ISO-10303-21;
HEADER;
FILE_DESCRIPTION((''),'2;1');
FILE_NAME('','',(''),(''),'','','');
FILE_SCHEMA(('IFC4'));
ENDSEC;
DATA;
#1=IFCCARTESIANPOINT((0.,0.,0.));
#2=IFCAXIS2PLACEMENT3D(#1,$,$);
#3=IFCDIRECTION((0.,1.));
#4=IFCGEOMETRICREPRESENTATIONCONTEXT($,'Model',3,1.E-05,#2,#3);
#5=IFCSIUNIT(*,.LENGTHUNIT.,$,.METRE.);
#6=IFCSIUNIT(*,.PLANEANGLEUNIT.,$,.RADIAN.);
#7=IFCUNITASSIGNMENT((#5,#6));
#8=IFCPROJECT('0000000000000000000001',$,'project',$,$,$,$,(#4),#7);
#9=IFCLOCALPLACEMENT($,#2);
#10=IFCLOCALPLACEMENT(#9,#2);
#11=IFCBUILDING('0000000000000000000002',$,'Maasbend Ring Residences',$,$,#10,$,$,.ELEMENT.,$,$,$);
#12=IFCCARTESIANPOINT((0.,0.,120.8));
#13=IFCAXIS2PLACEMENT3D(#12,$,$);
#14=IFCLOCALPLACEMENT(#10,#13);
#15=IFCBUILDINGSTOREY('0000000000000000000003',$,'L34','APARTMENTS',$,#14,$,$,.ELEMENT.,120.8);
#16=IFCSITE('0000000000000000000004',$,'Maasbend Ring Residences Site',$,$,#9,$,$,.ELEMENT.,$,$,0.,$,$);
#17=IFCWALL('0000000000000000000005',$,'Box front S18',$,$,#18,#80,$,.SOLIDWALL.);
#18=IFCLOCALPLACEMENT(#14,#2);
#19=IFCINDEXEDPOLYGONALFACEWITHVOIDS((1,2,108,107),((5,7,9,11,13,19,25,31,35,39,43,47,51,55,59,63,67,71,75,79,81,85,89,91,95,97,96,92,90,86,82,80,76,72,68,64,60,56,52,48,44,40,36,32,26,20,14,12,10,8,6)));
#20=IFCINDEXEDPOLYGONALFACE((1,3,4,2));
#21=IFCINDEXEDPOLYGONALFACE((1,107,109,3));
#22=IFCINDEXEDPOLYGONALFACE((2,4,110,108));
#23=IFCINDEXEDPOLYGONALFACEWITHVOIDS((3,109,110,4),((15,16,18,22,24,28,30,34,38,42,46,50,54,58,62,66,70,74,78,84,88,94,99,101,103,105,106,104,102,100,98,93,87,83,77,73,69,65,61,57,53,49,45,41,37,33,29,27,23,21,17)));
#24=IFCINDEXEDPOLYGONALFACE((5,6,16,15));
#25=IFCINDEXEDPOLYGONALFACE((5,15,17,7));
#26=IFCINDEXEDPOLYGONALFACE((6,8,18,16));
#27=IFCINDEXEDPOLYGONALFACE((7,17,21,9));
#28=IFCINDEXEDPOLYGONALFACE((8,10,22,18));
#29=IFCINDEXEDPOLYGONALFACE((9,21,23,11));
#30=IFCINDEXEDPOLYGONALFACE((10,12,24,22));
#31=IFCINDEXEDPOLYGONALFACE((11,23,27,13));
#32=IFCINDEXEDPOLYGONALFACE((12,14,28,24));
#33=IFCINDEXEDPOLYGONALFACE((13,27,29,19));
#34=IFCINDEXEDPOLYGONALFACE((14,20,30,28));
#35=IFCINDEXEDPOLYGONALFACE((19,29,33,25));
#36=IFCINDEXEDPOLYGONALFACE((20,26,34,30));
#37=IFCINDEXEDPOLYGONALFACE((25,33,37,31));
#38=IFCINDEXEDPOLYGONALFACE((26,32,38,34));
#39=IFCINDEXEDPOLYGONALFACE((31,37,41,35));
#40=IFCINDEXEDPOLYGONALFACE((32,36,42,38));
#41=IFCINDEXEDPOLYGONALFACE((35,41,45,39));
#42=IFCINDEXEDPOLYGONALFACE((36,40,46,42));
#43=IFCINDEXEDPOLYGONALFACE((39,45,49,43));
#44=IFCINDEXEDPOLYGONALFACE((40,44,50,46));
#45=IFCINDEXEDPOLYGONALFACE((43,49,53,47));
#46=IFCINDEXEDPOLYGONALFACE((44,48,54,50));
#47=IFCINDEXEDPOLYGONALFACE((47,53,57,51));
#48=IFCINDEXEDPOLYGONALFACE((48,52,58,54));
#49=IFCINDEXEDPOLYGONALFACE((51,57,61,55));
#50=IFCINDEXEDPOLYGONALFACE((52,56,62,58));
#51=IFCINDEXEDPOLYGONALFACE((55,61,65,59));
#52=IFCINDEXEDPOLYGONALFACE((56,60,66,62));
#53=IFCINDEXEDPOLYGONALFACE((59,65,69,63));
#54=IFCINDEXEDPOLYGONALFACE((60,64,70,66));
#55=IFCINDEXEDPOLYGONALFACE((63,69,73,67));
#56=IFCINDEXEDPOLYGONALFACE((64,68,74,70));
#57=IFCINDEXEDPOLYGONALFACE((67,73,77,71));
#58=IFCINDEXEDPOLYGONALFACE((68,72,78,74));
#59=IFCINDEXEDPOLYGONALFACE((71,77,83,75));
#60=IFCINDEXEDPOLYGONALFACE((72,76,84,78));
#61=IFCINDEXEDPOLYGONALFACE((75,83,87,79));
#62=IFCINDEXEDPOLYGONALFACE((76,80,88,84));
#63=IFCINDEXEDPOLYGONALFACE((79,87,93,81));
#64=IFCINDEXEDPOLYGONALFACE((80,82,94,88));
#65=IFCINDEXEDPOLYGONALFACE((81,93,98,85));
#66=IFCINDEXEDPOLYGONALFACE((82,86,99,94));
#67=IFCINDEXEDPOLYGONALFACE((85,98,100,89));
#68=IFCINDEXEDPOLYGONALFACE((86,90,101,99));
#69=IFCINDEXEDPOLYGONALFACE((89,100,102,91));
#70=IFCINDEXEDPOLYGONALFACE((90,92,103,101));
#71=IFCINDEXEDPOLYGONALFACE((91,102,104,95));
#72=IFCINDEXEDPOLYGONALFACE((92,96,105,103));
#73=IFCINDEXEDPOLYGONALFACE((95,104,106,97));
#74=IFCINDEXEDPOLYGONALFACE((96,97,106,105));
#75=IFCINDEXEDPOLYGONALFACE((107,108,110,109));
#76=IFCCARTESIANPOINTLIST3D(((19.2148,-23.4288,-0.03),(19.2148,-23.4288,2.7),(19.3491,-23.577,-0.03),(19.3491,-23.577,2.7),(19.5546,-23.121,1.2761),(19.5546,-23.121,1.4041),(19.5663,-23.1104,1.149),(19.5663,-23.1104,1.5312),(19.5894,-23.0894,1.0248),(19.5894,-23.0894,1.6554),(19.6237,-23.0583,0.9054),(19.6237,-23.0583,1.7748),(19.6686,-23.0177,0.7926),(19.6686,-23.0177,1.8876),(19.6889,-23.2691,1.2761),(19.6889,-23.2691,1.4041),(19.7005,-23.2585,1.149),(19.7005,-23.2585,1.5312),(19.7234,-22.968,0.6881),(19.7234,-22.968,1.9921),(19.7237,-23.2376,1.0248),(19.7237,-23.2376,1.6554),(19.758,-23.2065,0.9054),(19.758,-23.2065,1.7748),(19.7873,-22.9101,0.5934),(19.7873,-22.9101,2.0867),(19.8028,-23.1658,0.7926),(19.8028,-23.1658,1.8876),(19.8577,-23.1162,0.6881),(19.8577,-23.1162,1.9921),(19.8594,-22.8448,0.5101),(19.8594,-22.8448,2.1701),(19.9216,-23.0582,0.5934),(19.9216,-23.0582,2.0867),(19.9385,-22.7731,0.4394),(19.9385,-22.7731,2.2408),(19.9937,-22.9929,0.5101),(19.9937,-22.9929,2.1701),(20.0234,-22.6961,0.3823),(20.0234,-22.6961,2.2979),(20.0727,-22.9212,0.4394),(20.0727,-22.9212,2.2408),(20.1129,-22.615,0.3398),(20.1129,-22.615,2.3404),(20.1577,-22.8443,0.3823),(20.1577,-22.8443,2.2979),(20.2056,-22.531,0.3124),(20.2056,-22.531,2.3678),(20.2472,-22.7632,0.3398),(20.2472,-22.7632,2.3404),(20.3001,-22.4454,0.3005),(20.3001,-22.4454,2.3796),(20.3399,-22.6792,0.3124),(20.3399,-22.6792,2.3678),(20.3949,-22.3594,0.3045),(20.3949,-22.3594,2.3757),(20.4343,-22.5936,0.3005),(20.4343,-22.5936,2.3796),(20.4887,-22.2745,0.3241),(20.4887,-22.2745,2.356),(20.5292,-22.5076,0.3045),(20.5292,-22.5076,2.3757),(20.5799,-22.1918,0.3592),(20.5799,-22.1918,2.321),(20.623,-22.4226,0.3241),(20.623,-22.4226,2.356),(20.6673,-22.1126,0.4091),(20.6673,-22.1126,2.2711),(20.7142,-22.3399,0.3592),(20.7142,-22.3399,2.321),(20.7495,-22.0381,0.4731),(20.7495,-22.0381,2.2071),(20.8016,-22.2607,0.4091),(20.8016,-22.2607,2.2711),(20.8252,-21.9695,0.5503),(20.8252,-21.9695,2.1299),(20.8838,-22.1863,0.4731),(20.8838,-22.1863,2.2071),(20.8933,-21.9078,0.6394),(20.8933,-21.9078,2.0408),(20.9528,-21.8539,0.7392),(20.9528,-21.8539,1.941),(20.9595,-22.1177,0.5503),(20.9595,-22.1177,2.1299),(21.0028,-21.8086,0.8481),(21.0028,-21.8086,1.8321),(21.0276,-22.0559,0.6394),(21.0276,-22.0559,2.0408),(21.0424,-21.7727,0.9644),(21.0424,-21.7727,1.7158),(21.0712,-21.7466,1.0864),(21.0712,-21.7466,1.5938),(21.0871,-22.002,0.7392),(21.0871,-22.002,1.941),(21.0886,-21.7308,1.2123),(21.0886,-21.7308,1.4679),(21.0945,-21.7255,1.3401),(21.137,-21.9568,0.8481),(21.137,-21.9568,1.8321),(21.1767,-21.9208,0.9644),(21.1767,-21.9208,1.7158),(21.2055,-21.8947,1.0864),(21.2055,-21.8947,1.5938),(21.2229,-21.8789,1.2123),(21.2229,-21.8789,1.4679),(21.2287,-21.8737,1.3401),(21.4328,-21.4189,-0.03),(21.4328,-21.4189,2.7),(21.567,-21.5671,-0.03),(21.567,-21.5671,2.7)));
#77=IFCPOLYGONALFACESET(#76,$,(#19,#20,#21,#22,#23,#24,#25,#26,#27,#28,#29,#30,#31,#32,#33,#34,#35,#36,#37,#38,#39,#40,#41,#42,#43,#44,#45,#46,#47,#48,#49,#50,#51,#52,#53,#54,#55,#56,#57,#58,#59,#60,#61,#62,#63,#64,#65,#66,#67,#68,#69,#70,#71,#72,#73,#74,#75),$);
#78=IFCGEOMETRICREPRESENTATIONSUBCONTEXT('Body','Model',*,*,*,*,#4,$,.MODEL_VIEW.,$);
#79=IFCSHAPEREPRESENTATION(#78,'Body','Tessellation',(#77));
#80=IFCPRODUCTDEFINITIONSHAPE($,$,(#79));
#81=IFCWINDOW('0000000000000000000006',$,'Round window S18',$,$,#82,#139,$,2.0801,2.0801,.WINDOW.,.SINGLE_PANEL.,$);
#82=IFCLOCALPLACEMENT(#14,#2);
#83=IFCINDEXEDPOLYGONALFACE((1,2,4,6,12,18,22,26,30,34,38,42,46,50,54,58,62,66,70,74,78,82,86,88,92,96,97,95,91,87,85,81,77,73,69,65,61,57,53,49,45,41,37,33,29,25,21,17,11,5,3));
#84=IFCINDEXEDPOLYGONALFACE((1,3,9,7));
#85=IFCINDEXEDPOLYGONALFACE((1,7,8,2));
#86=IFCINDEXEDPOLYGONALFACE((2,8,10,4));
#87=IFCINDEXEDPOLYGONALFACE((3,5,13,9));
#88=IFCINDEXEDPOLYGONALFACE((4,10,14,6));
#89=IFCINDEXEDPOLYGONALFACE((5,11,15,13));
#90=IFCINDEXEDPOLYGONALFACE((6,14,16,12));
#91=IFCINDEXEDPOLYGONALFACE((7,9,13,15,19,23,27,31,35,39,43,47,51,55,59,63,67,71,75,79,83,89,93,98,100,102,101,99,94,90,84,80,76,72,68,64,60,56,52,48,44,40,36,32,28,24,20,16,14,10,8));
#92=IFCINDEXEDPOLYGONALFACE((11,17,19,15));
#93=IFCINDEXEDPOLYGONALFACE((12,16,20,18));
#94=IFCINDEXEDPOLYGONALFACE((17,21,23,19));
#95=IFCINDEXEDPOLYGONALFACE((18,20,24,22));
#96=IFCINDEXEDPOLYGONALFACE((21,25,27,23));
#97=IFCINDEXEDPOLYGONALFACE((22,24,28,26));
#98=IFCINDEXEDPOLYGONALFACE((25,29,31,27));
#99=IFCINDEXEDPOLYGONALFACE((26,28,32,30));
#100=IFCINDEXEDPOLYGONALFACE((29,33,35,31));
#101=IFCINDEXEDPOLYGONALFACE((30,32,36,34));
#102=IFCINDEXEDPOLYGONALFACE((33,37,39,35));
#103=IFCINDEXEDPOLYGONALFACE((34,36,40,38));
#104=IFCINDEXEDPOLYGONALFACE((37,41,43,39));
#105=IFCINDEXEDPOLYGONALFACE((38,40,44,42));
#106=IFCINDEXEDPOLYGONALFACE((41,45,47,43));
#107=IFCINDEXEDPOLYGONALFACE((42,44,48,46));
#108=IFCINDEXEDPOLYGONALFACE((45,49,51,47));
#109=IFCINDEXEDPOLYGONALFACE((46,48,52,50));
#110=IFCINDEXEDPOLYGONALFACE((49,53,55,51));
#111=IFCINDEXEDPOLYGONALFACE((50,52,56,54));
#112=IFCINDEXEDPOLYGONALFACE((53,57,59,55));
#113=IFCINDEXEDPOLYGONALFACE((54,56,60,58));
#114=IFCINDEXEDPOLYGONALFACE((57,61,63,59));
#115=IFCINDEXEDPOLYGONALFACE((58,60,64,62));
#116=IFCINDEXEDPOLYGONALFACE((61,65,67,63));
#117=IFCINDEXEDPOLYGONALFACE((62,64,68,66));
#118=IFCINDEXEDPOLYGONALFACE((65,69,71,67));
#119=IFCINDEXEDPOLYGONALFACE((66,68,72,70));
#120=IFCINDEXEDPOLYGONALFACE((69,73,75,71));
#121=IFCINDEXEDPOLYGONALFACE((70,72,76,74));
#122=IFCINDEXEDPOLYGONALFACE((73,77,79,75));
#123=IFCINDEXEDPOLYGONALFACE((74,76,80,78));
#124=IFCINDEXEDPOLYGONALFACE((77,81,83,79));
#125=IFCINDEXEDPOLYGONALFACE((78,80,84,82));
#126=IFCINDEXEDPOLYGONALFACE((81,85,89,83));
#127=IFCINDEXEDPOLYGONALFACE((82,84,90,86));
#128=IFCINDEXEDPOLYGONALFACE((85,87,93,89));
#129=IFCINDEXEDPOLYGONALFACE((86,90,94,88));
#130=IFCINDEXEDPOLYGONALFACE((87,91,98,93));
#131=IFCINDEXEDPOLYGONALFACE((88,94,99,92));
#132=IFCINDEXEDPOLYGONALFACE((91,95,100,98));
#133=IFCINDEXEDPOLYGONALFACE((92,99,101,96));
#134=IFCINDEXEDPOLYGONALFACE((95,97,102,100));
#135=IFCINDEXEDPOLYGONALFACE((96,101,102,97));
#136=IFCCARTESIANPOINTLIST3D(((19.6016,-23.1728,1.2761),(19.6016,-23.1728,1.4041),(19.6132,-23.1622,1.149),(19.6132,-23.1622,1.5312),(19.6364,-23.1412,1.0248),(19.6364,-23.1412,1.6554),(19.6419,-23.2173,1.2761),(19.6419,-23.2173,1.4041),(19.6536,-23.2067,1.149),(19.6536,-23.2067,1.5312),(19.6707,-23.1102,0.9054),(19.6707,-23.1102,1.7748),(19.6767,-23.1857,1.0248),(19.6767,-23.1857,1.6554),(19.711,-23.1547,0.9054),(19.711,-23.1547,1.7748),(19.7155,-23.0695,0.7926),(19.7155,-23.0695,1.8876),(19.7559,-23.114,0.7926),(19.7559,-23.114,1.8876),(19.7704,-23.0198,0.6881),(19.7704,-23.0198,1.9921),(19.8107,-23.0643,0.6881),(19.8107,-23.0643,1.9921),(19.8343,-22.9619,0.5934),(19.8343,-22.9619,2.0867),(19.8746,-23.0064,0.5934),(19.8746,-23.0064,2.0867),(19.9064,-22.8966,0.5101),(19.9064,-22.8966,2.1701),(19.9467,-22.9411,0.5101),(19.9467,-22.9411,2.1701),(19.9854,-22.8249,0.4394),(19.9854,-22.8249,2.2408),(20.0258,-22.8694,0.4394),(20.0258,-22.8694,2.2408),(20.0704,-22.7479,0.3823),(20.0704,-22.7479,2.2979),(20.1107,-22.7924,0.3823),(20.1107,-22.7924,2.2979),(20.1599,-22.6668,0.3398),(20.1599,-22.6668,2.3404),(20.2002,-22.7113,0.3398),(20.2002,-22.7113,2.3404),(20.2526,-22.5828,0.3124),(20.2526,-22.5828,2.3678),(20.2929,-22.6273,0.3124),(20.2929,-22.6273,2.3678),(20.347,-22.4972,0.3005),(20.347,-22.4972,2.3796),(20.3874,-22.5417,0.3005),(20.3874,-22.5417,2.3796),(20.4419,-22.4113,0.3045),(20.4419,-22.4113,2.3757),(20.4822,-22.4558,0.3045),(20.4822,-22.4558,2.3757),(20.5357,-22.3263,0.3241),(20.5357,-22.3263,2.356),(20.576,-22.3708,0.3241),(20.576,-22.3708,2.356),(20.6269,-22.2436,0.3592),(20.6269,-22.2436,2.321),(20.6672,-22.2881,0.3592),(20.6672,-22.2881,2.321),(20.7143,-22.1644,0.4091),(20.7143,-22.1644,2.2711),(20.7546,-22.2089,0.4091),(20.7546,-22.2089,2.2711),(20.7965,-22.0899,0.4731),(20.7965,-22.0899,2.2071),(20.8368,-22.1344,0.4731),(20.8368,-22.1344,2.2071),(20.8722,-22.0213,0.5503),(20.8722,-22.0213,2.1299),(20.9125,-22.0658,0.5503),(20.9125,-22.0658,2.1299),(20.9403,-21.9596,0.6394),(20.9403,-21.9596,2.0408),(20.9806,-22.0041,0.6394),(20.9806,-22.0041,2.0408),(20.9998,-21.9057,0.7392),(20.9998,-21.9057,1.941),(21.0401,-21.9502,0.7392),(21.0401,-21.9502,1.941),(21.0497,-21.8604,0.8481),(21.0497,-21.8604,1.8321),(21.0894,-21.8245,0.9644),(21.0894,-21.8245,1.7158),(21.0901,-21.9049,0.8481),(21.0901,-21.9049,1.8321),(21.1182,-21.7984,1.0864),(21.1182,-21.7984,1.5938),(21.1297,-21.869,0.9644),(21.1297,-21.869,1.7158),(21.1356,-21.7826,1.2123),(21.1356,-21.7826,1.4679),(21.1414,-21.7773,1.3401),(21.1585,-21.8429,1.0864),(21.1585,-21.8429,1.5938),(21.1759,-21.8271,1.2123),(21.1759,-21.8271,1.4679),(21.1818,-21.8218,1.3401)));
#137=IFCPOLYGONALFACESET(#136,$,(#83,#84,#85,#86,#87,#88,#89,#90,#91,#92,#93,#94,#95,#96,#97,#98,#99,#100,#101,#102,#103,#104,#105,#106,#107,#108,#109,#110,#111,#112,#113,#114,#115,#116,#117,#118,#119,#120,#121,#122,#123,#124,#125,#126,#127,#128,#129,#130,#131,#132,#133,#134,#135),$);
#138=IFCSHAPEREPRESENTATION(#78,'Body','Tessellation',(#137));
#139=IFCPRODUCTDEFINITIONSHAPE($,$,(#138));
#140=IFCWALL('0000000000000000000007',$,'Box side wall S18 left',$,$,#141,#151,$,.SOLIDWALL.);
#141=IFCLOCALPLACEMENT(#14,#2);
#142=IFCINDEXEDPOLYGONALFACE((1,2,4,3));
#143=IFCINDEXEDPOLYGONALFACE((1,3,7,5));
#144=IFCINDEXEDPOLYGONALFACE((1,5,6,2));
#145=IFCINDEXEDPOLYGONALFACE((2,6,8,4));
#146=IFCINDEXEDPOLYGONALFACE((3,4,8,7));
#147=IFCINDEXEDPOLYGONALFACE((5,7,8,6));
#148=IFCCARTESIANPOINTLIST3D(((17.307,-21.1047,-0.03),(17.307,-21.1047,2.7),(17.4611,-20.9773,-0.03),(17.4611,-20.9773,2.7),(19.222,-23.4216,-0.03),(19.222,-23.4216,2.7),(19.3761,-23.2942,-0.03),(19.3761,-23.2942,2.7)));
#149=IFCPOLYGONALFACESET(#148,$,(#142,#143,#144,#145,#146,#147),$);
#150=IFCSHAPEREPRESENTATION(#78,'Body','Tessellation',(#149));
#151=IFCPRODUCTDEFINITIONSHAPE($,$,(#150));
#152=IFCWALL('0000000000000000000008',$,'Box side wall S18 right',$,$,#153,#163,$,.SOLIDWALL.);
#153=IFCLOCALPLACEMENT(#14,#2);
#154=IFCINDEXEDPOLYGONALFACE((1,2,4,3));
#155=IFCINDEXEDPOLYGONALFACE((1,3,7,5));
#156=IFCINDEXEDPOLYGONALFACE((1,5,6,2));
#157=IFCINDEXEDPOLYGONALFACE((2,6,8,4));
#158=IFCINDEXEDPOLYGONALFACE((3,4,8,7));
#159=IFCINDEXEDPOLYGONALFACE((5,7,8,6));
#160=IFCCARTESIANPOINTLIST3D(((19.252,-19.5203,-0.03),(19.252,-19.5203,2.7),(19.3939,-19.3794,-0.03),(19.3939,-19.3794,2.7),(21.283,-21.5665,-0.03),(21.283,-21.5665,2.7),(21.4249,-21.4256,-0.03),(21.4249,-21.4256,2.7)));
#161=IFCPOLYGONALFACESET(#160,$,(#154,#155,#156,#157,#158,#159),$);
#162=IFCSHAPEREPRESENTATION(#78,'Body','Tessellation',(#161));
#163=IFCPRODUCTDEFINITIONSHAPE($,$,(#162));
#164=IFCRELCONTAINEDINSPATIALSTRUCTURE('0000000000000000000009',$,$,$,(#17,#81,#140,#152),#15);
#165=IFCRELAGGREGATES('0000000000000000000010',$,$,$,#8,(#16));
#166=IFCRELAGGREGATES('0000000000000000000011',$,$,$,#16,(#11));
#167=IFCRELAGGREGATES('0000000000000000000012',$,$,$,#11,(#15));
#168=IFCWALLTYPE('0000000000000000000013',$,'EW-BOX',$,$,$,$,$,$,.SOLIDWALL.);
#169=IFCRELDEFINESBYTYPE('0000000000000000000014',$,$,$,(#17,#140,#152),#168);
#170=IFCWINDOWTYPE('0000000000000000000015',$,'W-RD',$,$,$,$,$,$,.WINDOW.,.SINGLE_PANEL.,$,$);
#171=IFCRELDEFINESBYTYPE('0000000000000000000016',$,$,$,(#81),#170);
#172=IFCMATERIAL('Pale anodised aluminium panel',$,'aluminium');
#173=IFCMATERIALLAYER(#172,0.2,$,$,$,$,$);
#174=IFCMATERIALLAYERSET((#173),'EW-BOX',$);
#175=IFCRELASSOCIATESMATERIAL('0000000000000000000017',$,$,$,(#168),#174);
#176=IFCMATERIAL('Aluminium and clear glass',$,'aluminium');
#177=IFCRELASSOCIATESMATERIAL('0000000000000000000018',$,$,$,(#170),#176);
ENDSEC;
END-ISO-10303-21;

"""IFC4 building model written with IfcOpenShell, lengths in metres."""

from ifc_helpers import new_model, si_unit, direction, frame, frame_2d, origin, place, context, subcontext, project, spatial, rectangle, circle, extrude, material, layer, layer_set, type_object, element, fill, save


model = new_model("IFC4")

# Units and contexts
model_context = context("Model", 3, precision=1e-05, world=origin(), true_north=direction((0.0, 1.0)))
body_context = subcontext(model_context, "Body", "Model", "MODEL_VIEW")
ifc_project = project(units=[si_unit("LENGTHUNIT", "METRE"), si_unit("PLANEANGLEUNIT", "RADIAN")], contexts=[model_context])

# Site, building, storey
site_placement = place(None, origin())
site = spatial("IfcSite", under=ifc_project, at=site_placement, Name="Maasbend Ring Residences Site", CompositionType="ELEMENT", RefElevation=0.0)
building_placement = place(site_placement, origin())
building = spatial("IfcBuilding", under=site, at=building_placement, Name="Maasbend Ring Residences", CompositionType="ELEMENT")
storey_placement = place(building_placement, frame((0.0, 0.0, 120.8)))
storey = spatial("IfcBuildingStorey", under=building, at=storey_placement, Name="L34", Description="APARTMENTS", CompositionType="ELEMENT", Elevation=120.8)

# Shared definitions
ifc_material_1 = material(Name="Pale anodised aluminium panel", Category="aluminium")
ifc_layer_1 = layer(ifc_material_1, 0.2)
ifc_layer_set_1 = layer_set([ifc_layer_1], Name="EW-BOX")
wall_type_1 = type_object("IfcWallType", Name="EW-BOX", PredefinedType="SOLIDWALL", material=ifc_layer_set_1)
ifc_material_2 = material(Name="Aluminium and clear glass", Category="aluminium")
window_type_1 = type_object("IfcWindowType", Name="W-RD", PartitioningType="SINGLE_PANEL", PredefinedType="WINDOW", material=ifc_material_2)

# Wall, opening, window
wall_1_placement = place(storey_placement, frame((19.282, -23.5029, -0.03), z_axis=(0.0, 0.0, 1.0), x_axis=(0.740998, 0.671507, 0.0)))
wall_1 = element("IfcWall", 1, at=wall_1_placement, inside=storey, type_object=wall_type_1, Name="Box front S18", PredefinedType="SOLIDWALL", context=body_context, shape_type="SweptSolid", body=[
    extrude(rectangle(XDim=2.9932, YDim=0.2, at=frame_2d((1.4966, 0.0))), origin(), (0.0, 0.0, 1.0), 2.73),
])
opening_1_placement = place(wall_1_placement, frame((0.4565, 0.0, 0.3301)))
opening_1 = element("IfcOpeningElement", 2, at=opening_1_placement, cuts=wall_1, PredefinedType="OPENING", context=body_context, shape_type="SweptSolid", body=[
    extrude(circle(Radius=1.04, at=frame_2d((1.04, 1.04))), frame((0.0, 0.1099, 0.0), z_axis=(0.0, -1.0, 0.0), x_axis=(1.0, 0.0, 0.0)), (0.0, 0.0, 1.0), 0.22),
])
window_1_placement = place(opening_1_placement, origin())
window_1 = element("IfcWindow", 3, at=window_1_placement, inside=storey, type_object=window_type_1, Name="Round window S18", OverallHeight=2.0801, OverallWidth=2.0801, PartitioningType="SINGLE_PANEL", PredefinedType="WINDOW", context=body_context, shape_type="SweptSolid", body=[
    extrude(circle(Radius=1.04, at=frame_2d((1.04, 1.04))), frame((0.0, 0.03, 0.0), z_axis=(0.0, -1.0, 0.0), x_axis=(1.0, 0.0, 0.0)), (0.0, 0.0, 1.0), 0.0601),
])
fill(opening_1, window_1)

# Walls
wall_2_placement = place(storey_placement, frame((17.384, -21.041, -0.03), z_axis=(0.0, 0.0, 1.0), x_axis=(0.637096, -0.770785, 0.0)))
element("IfcWall", 4, at=wall_2_placement, inside=storey, type_object=wall_type_1, Name="Box side wall S18 left", PredefinedType="SOLIDWALL", context=body_context, shape_type="SweptSolid", body=[
    extrude(rectangle(XDim=3.0059, YDim=0.2, at=frame_2d((1.5029, 0.0))), origin(), (0.0, 0.0, 1.0), 2.73),
])
wall_3_placement = place(storey_placement, frame((19.323, -19.45, -0.03), z_axis=(0.0, 0.0, 1.0), x_axis=(0.704477, -0.709727, 0.0)))
element("IfcWall", 5, at=wall_3_placement, inside=storey, type_object=wall_type_1, Name="Box side wall S18 right", PredefinedType="SOLIDWALL", context=body_context, shape_type="SweptSolid", body=[
    extrude(rectangle(XDim=2.8831, YDim=0.2, at=frame_2d((1.4414, 0.0))), origin(), (0.0, 0.0, 1.0), 2.73),
])

save(model, "model.ifc")
